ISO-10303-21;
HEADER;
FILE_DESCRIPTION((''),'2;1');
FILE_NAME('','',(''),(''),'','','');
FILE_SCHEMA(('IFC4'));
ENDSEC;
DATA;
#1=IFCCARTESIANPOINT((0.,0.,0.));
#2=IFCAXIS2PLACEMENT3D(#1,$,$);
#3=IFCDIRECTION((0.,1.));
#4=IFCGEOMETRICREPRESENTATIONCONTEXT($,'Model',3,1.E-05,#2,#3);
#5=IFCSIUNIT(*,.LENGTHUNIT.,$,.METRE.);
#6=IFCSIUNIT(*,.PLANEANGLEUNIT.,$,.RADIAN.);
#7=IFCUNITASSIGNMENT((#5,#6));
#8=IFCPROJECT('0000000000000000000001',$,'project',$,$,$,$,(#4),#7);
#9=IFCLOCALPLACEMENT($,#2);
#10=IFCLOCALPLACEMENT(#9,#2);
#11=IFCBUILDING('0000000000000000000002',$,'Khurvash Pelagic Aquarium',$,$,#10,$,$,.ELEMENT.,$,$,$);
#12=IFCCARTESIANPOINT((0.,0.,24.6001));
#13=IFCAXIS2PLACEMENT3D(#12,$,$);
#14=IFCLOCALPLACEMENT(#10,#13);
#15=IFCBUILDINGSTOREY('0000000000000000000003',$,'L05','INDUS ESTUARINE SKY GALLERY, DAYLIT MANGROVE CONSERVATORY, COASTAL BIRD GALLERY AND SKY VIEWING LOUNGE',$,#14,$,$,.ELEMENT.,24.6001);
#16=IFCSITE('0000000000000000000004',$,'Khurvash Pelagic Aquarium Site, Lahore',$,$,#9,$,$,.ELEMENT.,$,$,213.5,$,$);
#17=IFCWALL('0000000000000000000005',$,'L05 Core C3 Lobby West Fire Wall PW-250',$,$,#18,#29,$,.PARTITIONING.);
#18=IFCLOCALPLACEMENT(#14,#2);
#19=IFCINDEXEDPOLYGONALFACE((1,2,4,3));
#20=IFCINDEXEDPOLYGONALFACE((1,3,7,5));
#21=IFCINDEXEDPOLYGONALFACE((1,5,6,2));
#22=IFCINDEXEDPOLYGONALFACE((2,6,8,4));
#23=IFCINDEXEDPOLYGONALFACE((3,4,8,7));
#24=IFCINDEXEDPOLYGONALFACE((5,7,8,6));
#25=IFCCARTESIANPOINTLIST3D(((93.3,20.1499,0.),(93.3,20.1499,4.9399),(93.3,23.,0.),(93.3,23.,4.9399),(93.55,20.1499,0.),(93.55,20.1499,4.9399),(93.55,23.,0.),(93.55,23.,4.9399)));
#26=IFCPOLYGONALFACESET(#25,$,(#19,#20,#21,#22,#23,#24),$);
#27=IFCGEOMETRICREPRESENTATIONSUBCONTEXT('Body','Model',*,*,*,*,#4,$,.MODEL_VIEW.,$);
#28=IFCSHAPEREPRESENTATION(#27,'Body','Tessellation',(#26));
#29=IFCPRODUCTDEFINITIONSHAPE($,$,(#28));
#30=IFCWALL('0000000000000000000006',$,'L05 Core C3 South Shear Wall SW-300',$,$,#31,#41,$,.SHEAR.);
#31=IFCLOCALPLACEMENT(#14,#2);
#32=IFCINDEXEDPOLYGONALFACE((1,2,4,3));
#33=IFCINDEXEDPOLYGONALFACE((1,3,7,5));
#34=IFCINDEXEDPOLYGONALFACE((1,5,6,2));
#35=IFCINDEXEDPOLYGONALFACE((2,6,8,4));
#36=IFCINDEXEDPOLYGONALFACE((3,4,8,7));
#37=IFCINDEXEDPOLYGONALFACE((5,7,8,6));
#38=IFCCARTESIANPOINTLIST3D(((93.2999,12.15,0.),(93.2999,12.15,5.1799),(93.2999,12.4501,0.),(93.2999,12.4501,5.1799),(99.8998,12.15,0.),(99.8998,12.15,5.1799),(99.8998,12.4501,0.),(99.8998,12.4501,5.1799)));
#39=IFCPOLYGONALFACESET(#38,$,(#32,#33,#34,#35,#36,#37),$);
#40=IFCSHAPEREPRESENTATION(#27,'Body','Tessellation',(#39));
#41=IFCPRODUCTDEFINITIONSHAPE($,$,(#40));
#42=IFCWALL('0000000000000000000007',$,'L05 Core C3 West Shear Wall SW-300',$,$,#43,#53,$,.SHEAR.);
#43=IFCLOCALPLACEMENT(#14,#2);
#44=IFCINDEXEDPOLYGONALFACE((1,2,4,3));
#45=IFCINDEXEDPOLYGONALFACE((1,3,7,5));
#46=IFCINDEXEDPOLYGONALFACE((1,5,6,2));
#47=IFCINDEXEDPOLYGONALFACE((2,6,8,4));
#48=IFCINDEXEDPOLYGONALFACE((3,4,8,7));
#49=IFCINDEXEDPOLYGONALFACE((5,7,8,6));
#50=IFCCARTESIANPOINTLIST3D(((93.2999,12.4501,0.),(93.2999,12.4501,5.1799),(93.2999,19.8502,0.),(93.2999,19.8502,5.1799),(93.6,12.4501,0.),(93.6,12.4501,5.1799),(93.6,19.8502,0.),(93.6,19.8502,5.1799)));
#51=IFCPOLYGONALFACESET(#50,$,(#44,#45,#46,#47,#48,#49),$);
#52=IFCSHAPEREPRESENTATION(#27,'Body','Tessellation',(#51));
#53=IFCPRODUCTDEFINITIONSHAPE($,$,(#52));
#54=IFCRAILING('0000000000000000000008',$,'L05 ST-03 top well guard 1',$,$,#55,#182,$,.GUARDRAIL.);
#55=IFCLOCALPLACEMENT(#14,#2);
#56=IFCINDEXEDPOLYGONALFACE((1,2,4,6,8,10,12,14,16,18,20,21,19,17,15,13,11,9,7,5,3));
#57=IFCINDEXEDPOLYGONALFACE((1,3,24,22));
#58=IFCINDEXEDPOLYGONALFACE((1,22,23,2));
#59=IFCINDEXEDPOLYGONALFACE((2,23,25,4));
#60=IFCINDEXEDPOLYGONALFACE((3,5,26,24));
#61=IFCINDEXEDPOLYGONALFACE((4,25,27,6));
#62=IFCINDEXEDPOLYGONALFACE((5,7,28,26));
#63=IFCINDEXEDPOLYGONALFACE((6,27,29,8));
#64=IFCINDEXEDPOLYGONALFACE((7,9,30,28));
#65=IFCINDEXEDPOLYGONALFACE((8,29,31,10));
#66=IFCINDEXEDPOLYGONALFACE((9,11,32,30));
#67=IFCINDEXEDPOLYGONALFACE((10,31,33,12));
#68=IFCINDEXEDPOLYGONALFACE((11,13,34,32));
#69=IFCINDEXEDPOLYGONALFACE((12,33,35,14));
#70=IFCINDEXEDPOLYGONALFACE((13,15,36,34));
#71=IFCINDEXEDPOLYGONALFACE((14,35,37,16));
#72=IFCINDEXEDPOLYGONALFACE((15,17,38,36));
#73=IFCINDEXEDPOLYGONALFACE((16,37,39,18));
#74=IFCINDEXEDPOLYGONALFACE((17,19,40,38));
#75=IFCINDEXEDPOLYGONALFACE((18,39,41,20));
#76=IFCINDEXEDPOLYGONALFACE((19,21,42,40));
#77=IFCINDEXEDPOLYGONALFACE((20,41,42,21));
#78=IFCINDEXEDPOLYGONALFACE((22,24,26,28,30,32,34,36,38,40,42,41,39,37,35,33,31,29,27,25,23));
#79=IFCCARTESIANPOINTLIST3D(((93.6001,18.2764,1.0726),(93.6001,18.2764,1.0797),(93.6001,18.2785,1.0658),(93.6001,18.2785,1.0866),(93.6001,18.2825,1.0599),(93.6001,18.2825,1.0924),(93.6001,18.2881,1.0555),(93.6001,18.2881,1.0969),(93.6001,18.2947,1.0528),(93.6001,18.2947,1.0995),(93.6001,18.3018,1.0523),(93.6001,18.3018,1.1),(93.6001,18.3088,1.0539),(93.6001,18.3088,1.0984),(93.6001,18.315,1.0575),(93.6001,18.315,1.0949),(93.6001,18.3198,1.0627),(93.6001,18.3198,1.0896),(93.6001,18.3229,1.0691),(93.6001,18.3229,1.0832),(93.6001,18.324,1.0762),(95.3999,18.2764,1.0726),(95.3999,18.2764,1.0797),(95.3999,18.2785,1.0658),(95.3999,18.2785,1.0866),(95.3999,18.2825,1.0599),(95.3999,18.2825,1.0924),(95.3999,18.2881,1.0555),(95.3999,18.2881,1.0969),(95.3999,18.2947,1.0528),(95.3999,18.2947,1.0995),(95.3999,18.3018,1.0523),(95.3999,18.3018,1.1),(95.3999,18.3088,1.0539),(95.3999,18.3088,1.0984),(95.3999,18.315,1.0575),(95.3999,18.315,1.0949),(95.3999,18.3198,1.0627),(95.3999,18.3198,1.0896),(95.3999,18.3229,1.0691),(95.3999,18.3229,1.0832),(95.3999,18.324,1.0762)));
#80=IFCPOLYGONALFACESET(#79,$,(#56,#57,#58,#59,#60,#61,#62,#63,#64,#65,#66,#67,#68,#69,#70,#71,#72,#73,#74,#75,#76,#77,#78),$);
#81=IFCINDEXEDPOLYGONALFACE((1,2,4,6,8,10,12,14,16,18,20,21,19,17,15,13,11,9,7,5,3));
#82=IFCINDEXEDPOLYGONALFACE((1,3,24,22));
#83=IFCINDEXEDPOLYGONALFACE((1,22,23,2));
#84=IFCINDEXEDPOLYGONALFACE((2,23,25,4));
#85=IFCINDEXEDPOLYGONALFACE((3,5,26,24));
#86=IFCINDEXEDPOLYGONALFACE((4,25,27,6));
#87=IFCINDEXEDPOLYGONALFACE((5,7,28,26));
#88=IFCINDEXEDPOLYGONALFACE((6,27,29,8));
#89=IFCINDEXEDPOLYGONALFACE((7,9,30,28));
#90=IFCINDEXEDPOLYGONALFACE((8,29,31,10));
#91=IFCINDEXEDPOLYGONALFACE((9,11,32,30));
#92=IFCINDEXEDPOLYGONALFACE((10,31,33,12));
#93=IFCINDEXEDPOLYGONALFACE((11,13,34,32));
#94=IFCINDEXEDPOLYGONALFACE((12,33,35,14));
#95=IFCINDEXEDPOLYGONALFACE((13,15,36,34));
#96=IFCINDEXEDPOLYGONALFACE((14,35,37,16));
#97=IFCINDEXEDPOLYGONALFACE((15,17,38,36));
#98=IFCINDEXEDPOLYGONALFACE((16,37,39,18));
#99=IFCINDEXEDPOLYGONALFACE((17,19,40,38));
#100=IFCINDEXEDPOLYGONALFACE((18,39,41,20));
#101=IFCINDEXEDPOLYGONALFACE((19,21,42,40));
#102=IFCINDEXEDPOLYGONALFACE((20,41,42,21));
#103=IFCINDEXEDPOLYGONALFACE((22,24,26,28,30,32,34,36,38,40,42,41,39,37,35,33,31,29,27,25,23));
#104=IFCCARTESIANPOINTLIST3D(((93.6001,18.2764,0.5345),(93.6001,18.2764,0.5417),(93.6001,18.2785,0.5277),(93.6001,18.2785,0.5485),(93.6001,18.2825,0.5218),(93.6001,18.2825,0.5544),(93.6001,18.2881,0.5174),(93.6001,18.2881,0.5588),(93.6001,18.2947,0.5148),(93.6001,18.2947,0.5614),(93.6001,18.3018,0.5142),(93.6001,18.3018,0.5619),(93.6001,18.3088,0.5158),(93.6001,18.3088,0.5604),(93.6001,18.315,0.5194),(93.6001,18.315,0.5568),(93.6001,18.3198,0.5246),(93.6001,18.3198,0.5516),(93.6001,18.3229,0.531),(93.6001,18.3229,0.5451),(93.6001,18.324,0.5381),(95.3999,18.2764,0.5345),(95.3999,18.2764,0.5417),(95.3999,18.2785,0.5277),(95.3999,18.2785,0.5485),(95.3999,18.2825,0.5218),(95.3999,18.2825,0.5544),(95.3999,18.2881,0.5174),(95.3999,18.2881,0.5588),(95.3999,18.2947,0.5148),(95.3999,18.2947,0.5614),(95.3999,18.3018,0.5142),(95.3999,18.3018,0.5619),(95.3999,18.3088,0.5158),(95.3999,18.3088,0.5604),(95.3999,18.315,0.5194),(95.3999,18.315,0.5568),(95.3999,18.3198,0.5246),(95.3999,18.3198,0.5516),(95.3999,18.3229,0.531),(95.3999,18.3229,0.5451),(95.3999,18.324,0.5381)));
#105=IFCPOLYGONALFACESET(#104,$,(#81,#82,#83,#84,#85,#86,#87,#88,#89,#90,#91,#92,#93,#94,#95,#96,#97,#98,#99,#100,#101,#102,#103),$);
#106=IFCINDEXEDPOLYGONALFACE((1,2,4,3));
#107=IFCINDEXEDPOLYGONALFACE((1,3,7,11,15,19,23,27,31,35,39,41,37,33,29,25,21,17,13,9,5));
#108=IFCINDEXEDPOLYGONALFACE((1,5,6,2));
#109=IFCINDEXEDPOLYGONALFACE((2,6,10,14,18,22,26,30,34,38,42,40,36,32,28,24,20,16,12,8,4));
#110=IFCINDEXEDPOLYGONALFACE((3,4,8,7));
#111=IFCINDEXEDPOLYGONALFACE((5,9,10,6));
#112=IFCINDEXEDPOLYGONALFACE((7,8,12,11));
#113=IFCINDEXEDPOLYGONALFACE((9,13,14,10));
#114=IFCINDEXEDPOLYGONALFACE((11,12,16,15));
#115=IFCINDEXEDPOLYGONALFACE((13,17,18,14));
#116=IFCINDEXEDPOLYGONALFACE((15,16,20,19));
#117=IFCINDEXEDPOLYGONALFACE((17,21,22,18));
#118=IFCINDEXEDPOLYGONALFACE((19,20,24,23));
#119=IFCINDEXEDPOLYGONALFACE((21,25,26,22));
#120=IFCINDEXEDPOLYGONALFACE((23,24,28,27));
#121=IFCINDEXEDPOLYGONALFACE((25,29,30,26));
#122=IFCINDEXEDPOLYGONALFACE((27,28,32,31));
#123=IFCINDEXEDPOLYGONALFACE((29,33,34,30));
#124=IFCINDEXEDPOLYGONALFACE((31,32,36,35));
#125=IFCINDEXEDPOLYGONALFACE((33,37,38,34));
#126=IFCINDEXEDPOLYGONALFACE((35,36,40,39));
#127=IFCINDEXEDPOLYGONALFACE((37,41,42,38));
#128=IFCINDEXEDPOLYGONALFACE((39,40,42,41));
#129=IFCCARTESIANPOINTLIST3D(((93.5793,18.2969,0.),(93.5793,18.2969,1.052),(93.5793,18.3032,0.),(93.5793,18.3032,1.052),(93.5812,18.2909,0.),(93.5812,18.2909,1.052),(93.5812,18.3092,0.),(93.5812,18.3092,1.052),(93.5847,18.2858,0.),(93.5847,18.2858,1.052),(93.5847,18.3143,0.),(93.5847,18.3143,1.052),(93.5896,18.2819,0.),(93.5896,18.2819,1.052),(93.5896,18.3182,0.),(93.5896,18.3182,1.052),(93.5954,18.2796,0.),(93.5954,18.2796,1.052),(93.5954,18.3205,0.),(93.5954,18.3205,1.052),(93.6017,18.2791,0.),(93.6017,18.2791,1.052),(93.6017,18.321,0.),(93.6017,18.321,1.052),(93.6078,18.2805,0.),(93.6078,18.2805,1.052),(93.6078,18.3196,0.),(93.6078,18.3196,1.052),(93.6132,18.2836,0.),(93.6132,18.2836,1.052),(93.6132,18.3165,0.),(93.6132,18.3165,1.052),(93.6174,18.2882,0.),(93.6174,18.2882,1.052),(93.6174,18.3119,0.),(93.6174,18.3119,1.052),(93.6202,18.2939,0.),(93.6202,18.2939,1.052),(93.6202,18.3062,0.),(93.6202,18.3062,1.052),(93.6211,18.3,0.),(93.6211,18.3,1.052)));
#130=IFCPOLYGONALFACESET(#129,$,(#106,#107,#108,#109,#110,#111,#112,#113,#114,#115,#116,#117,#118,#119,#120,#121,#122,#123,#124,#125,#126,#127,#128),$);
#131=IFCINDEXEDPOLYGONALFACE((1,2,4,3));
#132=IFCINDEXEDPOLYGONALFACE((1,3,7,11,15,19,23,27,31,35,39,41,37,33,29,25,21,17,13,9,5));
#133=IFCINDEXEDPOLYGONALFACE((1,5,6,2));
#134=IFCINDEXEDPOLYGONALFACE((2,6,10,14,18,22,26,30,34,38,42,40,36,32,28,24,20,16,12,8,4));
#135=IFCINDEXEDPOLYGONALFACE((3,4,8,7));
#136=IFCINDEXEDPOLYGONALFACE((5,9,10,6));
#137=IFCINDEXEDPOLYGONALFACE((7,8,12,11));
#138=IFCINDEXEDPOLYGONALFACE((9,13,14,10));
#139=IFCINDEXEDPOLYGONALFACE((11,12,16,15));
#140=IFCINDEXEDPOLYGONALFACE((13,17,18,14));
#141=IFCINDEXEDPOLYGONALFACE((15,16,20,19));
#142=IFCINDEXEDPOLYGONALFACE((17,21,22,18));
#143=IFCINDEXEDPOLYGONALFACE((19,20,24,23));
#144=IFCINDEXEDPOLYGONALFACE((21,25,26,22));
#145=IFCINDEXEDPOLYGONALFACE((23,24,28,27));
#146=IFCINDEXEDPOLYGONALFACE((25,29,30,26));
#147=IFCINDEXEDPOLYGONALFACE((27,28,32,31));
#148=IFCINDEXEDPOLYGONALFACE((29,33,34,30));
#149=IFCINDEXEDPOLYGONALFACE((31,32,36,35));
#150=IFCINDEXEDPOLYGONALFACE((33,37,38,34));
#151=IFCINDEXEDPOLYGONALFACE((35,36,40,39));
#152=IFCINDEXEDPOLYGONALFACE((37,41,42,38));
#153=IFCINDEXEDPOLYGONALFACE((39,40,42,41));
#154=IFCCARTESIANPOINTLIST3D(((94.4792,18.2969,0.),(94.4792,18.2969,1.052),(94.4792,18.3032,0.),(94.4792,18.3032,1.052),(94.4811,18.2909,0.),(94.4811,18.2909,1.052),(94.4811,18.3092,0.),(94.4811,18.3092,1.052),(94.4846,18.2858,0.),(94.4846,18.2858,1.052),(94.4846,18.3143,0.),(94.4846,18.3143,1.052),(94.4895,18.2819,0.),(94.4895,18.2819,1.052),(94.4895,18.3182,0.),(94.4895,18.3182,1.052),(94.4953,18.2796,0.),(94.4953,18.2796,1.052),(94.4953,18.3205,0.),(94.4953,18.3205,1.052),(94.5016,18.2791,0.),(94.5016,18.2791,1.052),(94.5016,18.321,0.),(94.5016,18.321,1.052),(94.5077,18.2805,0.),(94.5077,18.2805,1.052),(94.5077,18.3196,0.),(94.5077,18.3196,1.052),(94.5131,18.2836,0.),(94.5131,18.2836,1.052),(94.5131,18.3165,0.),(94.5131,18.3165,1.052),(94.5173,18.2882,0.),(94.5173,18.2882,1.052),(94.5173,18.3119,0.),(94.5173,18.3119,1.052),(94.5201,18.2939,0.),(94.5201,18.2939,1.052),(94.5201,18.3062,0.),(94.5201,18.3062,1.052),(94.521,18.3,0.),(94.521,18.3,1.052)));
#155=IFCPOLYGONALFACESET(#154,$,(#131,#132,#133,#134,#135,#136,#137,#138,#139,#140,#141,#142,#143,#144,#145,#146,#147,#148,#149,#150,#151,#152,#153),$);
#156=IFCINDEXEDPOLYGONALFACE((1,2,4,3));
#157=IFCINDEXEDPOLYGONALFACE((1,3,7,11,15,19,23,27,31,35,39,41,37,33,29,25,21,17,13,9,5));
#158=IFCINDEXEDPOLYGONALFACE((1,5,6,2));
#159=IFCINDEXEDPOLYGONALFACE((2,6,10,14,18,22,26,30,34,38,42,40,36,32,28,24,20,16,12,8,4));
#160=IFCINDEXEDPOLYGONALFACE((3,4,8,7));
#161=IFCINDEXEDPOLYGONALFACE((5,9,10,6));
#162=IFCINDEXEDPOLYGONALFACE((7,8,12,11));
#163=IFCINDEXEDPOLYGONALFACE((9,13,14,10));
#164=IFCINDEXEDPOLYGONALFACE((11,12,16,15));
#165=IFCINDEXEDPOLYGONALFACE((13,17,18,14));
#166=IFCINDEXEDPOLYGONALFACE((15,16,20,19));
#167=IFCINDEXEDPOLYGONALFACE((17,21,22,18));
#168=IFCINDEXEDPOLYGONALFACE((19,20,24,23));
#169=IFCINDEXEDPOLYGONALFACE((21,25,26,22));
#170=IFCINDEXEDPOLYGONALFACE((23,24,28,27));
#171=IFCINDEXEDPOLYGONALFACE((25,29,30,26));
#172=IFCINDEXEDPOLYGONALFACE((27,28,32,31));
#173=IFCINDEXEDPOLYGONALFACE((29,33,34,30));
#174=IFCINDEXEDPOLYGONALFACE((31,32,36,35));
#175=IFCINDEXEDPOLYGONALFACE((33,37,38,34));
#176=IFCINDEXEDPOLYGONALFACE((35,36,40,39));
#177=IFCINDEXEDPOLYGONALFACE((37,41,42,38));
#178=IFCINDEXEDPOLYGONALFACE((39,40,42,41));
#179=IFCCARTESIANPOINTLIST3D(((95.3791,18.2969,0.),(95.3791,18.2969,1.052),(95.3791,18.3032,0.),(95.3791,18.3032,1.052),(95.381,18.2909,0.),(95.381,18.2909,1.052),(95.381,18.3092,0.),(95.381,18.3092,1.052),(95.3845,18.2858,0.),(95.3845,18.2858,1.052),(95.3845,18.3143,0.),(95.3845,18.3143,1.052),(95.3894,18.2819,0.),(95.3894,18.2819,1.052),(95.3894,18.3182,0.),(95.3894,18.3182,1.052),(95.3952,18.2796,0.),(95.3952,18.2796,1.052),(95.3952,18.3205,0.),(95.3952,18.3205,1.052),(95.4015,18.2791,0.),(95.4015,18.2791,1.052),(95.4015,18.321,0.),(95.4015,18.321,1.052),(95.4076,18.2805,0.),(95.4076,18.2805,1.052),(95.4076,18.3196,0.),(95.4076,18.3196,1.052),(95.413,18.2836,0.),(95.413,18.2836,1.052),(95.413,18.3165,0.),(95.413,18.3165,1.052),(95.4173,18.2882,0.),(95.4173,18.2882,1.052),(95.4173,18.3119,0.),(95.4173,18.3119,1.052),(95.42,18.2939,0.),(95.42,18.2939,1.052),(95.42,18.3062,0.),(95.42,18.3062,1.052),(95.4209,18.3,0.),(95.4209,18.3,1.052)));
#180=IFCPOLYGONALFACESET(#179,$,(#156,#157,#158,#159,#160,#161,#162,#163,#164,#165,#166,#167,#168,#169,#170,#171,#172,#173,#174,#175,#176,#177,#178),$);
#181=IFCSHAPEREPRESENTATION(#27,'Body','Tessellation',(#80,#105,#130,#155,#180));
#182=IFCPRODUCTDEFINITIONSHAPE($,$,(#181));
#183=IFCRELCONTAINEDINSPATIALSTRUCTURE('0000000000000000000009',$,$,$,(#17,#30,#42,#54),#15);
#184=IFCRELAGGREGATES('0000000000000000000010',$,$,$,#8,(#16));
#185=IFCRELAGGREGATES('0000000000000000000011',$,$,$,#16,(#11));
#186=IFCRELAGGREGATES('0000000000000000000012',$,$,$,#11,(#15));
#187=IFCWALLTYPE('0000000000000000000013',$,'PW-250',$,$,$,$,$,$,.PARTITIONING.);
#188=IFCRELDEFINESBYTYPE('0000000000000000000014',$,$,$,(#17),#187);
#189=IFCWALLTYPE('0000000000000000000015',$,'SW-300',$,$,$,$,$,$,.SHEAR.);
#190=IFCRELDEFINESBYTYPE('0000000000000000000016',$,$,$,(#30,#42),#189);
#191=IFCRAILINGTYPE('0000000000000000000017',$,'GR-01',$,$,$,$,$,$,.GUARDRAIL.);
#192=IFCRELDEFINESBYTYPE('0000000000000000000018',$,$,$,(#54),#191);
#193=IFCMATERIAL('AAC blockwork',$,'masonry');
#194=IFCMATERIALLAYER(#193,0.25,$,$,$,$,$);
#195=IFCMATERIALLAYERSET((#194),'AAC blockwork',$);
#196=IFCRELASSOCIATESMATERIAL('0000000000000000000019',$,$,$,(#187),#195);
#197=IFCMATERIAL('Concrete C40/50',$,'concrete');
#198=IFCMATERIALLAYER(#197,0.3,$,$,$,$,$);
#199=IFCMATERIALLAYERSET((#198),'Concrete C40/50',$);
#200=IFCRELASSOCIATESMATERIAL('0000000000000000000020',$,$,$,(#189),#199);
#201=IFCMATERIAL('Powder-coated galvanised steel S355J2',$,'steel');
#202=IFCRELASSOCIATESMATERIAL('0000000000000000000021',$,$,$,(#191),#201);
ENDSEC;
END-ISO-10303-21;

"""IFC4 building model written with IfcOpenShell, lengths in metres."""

from ifc_helpers import new_model, si_unit, direction, frame, frame_2d, origin, origin_2d, place, context, subcontext, project, spatial, rectangle, circle, extrude, material, layer, layer_set, type_object, element, save


model = new_model("IFC4")

# Units and contexts
model_context = context("Model", 3, precision=1e-05, world=origin(), true_north=direction((0.0, 1.0)))
body_context = subcontext(model_context, "Body", "Model", "MODEL_VIEW")
ifc_project = project(units=[si_unit("LENGTHUNIT", "METRE"), si_unit("PLANEANGLEUNIT", "RADIAN")], contexts=[model_context])

# Site, building, storey
site_placement = place(None, origin())
site = spatial("IfcSite", under=ifc_project, at=site_placement, Name="Khurvash Pelagic Aquarium Site, Lahore", CompositionType="ELEMENT", RefElevation=213.5)
building_placement = place(site_placement, origin())
building = spatial("IfcBuilding", under=site, at=building_placement, Name="Khurvash Pelagic Aquarium", CompositionType="ELEMENT")
storey_placement = place(building_placement, frame((0.0, 0.0, 24.6001)))
storey = spatial("IfcBuildingStorey", under=building, at=storey_placement, Name="L05", Description="INDUS ESTUARINE SKY GALLERY, DAYLIT MANGROVE CONSERVATORY, COASTAL BIRD GALLERY AND SKY VIEWING LOUNGE", CompositionType="ELEMENT", Elevation=24.6001)

# Walls
ifc_material_1 = material(Name="AAC blockwork", Category="masonry")
ifc_layer_1 = layer(ifc_material_1, 0.25)
ifc_layer_set_1 = layer_set([ifc_layer_1], Name="AAC blockwork")
wall_type_1 = type_object("IfcWallType", Name="PW-250", PredefinedType="PARTITIONING", material=ifc_layer_set_1)
wall_1_placement = place(storey_placement, frame((93.425, 20.1499, 0.0), z_axis=(0.0, 0.0, 1.0), x_axis=(0.0, 1.0, 0.0)))
element("IfcWall", 1, at=wall_1_placement, inside=storey, type_object=wall_type_1, Name="L05 Core C3 Lobby West Fire Wall PW-250", PredefinedType="PARTITIONING", context=body_context, shape_type="SweptSolid", body=[
    extrude(rectangle(XDim=2.8501, YDim=0.25, at=frame_2d((1.425, 0.0))), origin(), (0.0, 0.0, 1.0), 4.9399),
])
ifc_material_2 = material(Name="Concrete C40/50", Category="concrete")
ifc_layer_2 = layer(ifc_material_2, 0.3)
ifc_layer_set_2 = layer_set([ifc_layer_2], Name="Concrete C40/50")
wall_type_2 = type_object("IfcWallType", Name="SW-300", PredefinedType="SHEAR", material=ifc_layer_set_2)
wall_2_placement = place(storey_placement, frame((93.3, 12.3, 0.0), z_axis=(0.0, 0.0, 1.0), x_axis=(1.0, 0.0, 0.0)))
element("IfcWall", 2, at=wall_2_placement, inside=storey, type_object=wall_type_2, Name="L05 Core C3 South Shear Wall SW-300", PredefinedType="SHEAR", context=body_context, shape_type="SweptSolid", body=[
    extrude(rectangle(XDim=6.5999, YDim=0.3, at=frame_2d((3.2998, 0.0))), origin(), (0.0, 0.0, 1.0), 5.1799),
])

# Wall
wall_3_placement = place(storey_placement, frame((93.45, 12.45, 0.0), z_axis=(0.0, 0.0, 1.0), x_axis=(0.0, 1.0, 0.0)))
element("IfcWall", 3, at=wall_3_placement, inside=storey, type_object=wall_type_2, Name="L05 Core C3 West Shear Wall SW-300", PredefinedType="SHEAR", context=body_context, shape_type="SweptSolid", body=[
    extrude(rectangle(XDim=7.4001, YDim=0.3, at=frame_2d((3.7002, 0.0))), origin(), (0.0, 0.0, 1.0), 5.1799),
])

# Railing
ifc_material_3 = material(Name="Powder-coated galvanised steel S355J2", Category="steel")
railing_type = type_object("IfcRailingType", Name="GR-01", PredefinedType="GUARDRAIL", material=ifc_material_3)
railing_placement = place(storey_placement, frame((93.6001, 18.3, 0.0)))
element("IfcRailing", 4, at=railing_placement, inside=storey, type_object=railing_type, Name="L05 ST-03 top well guard 1", PredefinedType="GUARDRAIL", context=body_context, shape_type="SweptSolid", body=[
    extrude(circle(Radius=0.0239, at=origin_2d()), frame((0.0, 0.0, 1.0762), z_axis=(1.0, 0.0, 0.0), x_axis=(0.0, 1.0, 0.0)), (0.0, 0.0, 1.0), 1.7998),
    extrude(circle(Radius=0.0239, at=origin_2d()), frame((0.0, 0.0, 0.5381), z_axis=(1.0, 0.0, 0.0), x_axis=(0.0, 1.0, 0.0)), (0.0, 0.0, 1.0), 1.7998),
    extrude(circle(Radius=0.021, at=origin_2d()), origin(), (0.0, 0.0, 1.0), 1.052),
    extrude(circle(Radius=0.021, at=origin_2d()), frame((0.8999, 0.0, 0.0)), (0.0, 0.0, 1.0), 1.052),
    extrude(circle(Radius=0.021, at=origin_2d()), frame((1.7998, 0.0, 0.0)), (0.0, 0.0, 1.0), 1.052),
])

save(model, "model.ifc")
